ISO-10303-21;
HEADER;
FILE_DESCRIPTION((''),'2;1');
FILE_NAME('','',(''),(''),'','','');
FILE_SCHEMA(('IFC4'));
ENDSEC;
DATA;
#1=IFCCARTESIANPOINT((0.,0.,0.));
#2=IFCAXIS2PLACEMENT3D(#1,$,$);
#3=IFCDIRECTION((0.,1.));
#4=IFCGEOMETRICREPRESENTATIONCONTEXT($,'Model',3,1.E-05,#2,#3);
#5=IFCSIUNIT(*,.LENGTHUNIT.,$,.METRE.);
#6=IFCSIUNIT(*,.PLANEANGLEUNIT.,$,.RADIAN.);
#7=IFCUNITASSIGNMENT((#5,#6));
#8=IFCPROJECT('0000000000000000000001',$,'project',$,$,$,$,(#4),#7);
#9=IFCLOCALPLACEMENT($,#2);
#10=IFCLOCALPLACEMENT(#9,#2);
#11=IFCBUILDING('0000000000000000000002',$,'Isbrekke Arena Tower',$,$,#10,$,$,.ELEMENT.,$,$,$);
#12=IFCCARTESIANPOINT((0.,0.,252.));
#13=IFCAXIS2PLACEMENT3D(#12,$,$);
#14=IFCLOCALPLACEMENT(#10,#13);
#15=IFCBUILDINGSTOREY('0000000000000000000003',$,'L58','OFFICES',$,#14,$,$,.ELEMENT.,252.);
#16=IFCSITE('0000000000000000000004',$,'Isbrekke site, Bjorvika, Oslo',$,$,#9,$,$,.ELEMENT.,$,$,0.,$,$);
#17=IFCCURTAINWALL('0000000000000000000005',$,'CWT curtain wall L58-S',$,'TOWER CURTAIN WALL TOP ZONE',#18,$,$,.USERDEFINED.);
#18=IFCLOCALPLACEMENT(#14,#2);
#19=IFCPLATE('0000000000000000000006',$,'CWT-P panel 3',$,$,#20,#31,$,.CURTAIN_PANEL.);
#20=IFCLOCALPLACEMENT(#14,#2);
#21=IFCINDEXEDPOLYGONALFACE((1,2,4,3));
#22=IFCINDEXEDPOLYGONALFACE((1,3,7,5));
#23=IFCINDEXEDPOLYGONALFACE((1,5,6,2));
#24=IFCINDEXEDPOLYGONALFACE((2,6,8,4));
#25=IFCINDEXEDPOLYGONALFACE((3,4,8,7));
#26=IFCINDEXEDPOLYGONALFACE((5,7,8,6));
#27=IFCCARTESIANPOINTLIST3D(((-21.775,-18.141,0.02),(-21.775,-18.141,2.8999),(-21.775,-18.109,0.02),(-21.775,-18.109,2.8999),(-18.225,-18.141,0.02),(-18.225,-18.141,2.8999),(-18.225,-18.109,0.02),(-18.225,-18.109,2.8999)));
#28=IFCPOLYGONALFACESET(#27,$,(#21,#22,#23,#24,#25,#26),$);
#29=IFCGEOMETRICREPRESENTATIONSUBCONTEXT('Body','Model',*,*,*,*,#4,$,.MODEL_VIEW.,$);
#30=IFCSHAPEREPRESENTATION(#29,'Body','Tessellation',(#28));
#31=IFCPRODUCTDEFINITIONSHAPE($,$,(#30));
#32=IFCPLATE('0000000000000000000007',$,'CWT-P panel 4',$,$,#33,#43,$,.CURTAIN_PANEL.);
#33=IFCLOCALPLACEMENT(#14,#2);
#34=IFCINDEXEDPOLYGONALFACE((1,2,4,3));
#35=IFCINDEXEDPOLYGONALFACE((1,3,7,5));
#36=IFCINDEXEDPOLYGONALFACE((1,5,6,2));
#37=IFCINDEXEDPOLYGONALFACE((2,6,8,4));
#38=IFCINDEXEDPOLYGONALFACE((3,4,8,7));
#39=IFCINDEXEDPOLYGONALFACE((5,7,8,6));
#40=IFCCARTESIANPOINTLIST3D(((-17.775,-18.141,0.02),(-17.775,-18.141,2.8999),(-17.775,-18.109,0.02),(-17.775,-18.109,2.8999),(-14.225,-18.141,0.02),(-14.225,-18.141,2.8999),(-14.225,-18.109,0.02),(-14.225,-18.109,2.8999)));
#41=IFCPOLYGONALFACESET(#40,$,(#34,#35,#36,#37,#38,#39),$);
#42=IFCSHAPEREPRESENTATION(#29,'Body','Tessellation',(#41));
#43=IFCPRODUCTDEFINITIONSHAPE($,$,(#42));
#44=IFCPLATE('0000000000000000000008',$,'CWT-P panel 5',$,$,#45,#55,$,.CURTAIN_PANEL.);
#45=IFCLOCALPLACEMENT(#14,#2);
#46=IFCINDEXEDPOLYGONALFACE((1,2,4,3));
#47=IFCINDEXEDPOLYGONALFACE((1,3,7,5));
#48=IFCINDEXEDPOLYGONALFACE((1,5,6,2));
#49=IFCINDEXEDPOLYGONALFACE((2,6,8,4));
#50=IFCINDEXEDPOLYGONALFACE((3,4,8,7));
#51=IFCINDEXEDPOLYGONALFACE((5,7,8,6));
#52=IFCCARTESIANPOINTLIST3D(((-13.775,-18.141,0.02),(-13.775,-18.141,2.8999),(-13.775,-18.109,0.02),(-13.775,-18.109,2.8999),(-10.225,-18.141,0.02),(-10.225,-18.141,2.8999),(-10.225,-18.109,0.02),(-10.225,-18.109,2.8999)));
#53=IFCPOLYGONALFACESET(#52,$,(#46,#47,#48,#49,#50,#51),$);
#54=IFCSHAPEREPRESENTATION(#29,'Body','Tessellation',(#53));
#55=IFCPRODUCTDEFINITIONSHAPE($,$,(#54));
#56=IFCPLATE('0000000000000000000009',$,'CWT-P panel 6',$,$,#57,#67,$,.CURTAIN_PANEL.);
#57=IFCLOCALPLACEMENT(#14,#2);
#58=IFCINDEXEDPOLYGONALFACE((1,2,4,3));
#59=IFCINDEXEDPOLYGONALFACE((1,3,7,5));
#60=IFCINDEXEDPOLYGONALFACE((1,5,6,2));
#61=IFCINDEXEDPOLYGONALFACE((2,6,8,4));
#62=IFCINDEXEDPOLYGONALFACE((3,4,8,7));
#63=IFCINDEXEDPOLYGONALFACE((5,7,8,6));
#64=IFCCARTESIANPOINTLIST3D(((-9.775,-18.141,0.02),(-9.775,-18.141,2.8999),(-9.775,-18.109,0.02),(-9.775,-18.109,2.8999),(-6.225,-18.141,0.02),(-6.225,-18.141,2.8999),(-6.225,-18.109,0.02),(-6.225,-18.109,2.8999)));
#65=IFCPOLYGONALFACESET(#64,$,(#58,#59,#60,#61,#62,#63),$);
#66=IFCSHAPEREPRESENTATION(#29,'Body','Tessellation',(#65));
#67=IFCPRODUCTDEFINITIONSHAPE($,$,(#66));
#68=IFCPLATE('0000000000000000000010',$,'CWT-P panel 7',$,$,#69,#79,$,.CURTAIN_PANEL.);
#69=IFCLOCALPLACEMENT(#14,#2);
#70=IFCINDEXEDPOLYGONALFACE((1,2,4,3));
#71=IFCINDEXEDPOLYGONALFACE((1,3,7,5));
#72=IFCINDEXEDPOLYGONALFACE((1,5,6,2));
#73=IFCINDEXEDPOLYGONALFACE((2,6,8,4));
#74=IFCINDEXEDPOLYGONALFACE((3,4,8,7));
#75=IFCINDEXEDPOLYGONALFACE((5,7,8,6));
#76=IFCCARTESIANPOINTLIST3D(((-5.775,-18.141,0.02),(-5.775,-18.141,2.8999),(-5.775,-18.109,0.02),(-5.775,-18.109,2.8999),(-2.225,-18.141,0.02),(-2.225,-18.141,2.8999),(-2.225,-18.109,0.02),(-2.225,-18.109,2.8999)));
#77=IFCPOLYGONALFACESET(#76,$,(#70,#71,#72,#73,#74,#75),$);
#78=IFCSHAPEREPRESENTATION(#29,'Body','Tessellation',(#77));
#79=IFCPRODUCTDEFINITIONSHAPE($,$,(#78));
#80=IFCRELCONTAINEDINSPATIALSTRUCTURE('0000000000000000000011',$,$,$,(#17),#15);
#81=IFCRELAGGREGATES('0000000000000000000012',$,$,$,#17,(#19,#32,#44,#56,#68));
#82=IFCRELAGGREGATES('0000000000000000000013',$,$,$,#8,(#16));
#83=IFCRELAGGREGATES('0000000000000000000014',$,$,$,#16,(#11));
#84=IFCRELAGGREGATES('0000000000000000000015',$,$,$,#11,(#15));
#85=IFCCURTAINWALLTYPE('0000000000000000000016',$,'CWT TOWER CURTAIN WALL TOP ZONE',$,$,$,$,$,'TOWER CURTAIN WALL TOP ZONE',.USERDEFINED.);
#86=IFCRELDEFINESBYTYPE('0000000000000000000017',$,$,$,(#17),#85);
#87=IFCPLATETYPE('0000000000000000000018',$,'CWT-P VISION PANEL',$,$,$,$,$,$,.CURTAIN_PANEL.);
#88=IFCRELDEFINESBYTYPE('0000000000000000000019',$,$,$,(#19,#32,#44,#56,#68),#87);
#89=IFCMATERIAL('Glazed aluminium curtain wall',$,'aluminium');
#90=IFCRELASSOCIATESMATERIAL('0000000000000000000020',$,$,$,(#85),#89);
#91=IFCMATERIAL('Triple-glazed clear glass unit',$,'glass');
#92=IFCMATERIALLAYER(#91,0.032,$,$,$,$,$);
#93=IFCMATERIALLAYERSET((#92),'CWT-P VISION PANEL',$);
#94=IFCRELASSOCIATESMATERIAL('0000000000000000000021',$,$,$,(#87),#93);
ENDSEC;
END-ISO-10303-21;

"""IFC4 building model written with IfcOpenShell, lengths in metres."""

from ifc_helpers import new_model, si_unit, direction, frame, origin, origin_2d, place, context, subcontext, project, spatial, rectangle, extrude, material, layer, layer_set, type_object, element, aggregate, save


model = new_model("IFC4")

# Units and contexts
model_context = context("Model", 3, precision=1e-05, world=origin(), true_north=direction((0.0, 1.0)))
body_context = subcontext(model_context, "Body", "Model", "MODEL_VIEW")
ifc_project = project(units=[si_unit("LENGTHUNIT", "METRE"), si_unit("PLANEANGLEUNIT", "RADIAN")], contexts=[model_context])

# Site, building, storey
site_placement = place(None, origin())
site = spatial("IfcSite", under=ifc_project, at=site_placement, Name="Isbrekke site, Bjorvika, Oslo", CompositionType="ELEMENT", RefElevation=0.0)
building_placement = place(site_placement, origin())
building = spatial("IfcBuilding", under=site, at=building_placement, Name="Isbrekke Arena Tower", CompositionType="ELEMENT")
storey_placement = place(building_placement, frame((0.0, 0.0, 252.0)))
storey = spatial("IfcBuildingStorey", under=building, at=storey_placement, Name="L58", Description="OFFICES", CompositionType="ELEMENT", Elevation=252.0)

# Curtain wall
ifc_material_1 = material(Name="Glazed aluminium curtain wall", Category="aluminium")
curtain_wall_type = type_object("IfcCurtainWallType", Name="CWT TOWER CURTAIN WALL TOP ZONE", ElementType="TOWER CURTAIN WALL TOP ZONE", PredefinedType="USERDEFINED", material=ifc_material_1)
curtain_wall_placement = place(storey_placement, origin())
curtain_wall = element("IfcCurtainWall", 1, at=curtain_wall_placement, inside=storey, type_object=curtain_wall_type, Name="CWT curtain wall L58-S", ObjectType="TOWER CURTAIN WALL TOP ZONE", PredefinedType="USERDEFINED")

# Plates
ifc_material_2 = material(Name="Triple-glazed clear glass unit", Category="glass")
ifc_layer = layer(ifc_material_2, 0.032)
ifc_layer_set = layer_set([ifc_layer], Name="CWT-P VISION PANEL")
plate_type = type_object("IfcPlateType", Name="CWT-P VISION PANEL", PredefinedType="CURTAIN_PANEL", material=ifc_layer_set)
plate_1_placement = place(storey_placement, frame((-20.0, -18.125, 0.02), z_axis=(0.0, 0.0, 1.0), x_axis=(1.0, 0.0, 0.0)))
plate_1 = element("IfcPlate", 2, at=plate_1_placement, type_object=plate_type, Name="CWT-P panel 3", PredefinedType="CURTAIN_PANEL", context=body_context, shape_type="SweptSolid", body=[
    extrude(rectangle(XDim=3.55, YDim=0.032, at=origin_2d()), origin(), (0.0, 0.0, 1.0), 2.8799),
])
plate_2_placement = place(storey_placement, frame((-16.0, -18.125, 0.02), z_axis=(0.0, 0.0, 1.0), x_axis=(1.0, 0.0, 0.0)))
plate_2 = element("IfcPlate", 3, at=plate_2_placement, type_object=plate_type, Name="CWT-P panel 4", PredefinedType="CURTAIN_PANEL", context=body_context, shape_type="SweptSolid", body=[
    extrude(rectangle(XDim=3.55, YDim=0.032, at=origin_2d()), origin(), (0.0, 0.0, 1.0), 2.8799),
])
plate_3_placement = place(storey_placement, frame((-12.0, -18.125, 0.02), z_axis=(0.0, 0.0, 1.0), x_axis=(1.0, 0.0, 0.0)))
plate_3 = element("IfcPlate", 4, at=plate_3_placement, type_object=plate_type, Name="CWT-P panel 5", PredefinedType="CURTAIN_PANEL", context=body_context, shape_type="SweptSolid", body=[
    extrude(rectangle(XDim=3.55, YDim=0.032, at=origin_2d()), origin(), (0.0, 0.0, 1.0), 2.8799),
])
plate_4_placement = place(storey_placement, frame((-8.0, -18.125, 0.02), z_axis=(0.0, 0.0, 1.0), x_axis=(1.0, 0.0, 0.0)))
plate_4 = element("IfcPlate", 5, at=plate_4_placement, type_object=plate_type, Name="CWT-P panel 6", PredefinedType="CURTAIN_PANEL", context=body_context, shape_type="SweptSolid", body=[
    extrude(rectangle(XDim=3.55, YDim=0.032, at=origin_2d()), origin(), (0.0, 0.0, 1.0), 2.8799),
])
plate_5_placement = place(storey_placement, frame((-4.0, -18.125, 0.02), z_axis=(0.0, 0.0, 1.0), x_axis=(1.0, 0.0, 0.0)))
plate_5 = element("IfcPlate", 6, at=plate_5_placement, type_object=plate_type, Name="CWT-P panel 7", PredefinedType="CURTAIN_PANEL", context=body_context, shape_type="SweptSolid", body=[
    extrude(rectangle(XDim=3.55, YDim=0.032, at=origin_2d()), origin(), (0.0, 0.0, 1.0), 2.8799),
])
aggregate(curtain_wall, [plate_1, plate_2, plate_3, plate_4, plate_5])

save(model, "model.ifc")
